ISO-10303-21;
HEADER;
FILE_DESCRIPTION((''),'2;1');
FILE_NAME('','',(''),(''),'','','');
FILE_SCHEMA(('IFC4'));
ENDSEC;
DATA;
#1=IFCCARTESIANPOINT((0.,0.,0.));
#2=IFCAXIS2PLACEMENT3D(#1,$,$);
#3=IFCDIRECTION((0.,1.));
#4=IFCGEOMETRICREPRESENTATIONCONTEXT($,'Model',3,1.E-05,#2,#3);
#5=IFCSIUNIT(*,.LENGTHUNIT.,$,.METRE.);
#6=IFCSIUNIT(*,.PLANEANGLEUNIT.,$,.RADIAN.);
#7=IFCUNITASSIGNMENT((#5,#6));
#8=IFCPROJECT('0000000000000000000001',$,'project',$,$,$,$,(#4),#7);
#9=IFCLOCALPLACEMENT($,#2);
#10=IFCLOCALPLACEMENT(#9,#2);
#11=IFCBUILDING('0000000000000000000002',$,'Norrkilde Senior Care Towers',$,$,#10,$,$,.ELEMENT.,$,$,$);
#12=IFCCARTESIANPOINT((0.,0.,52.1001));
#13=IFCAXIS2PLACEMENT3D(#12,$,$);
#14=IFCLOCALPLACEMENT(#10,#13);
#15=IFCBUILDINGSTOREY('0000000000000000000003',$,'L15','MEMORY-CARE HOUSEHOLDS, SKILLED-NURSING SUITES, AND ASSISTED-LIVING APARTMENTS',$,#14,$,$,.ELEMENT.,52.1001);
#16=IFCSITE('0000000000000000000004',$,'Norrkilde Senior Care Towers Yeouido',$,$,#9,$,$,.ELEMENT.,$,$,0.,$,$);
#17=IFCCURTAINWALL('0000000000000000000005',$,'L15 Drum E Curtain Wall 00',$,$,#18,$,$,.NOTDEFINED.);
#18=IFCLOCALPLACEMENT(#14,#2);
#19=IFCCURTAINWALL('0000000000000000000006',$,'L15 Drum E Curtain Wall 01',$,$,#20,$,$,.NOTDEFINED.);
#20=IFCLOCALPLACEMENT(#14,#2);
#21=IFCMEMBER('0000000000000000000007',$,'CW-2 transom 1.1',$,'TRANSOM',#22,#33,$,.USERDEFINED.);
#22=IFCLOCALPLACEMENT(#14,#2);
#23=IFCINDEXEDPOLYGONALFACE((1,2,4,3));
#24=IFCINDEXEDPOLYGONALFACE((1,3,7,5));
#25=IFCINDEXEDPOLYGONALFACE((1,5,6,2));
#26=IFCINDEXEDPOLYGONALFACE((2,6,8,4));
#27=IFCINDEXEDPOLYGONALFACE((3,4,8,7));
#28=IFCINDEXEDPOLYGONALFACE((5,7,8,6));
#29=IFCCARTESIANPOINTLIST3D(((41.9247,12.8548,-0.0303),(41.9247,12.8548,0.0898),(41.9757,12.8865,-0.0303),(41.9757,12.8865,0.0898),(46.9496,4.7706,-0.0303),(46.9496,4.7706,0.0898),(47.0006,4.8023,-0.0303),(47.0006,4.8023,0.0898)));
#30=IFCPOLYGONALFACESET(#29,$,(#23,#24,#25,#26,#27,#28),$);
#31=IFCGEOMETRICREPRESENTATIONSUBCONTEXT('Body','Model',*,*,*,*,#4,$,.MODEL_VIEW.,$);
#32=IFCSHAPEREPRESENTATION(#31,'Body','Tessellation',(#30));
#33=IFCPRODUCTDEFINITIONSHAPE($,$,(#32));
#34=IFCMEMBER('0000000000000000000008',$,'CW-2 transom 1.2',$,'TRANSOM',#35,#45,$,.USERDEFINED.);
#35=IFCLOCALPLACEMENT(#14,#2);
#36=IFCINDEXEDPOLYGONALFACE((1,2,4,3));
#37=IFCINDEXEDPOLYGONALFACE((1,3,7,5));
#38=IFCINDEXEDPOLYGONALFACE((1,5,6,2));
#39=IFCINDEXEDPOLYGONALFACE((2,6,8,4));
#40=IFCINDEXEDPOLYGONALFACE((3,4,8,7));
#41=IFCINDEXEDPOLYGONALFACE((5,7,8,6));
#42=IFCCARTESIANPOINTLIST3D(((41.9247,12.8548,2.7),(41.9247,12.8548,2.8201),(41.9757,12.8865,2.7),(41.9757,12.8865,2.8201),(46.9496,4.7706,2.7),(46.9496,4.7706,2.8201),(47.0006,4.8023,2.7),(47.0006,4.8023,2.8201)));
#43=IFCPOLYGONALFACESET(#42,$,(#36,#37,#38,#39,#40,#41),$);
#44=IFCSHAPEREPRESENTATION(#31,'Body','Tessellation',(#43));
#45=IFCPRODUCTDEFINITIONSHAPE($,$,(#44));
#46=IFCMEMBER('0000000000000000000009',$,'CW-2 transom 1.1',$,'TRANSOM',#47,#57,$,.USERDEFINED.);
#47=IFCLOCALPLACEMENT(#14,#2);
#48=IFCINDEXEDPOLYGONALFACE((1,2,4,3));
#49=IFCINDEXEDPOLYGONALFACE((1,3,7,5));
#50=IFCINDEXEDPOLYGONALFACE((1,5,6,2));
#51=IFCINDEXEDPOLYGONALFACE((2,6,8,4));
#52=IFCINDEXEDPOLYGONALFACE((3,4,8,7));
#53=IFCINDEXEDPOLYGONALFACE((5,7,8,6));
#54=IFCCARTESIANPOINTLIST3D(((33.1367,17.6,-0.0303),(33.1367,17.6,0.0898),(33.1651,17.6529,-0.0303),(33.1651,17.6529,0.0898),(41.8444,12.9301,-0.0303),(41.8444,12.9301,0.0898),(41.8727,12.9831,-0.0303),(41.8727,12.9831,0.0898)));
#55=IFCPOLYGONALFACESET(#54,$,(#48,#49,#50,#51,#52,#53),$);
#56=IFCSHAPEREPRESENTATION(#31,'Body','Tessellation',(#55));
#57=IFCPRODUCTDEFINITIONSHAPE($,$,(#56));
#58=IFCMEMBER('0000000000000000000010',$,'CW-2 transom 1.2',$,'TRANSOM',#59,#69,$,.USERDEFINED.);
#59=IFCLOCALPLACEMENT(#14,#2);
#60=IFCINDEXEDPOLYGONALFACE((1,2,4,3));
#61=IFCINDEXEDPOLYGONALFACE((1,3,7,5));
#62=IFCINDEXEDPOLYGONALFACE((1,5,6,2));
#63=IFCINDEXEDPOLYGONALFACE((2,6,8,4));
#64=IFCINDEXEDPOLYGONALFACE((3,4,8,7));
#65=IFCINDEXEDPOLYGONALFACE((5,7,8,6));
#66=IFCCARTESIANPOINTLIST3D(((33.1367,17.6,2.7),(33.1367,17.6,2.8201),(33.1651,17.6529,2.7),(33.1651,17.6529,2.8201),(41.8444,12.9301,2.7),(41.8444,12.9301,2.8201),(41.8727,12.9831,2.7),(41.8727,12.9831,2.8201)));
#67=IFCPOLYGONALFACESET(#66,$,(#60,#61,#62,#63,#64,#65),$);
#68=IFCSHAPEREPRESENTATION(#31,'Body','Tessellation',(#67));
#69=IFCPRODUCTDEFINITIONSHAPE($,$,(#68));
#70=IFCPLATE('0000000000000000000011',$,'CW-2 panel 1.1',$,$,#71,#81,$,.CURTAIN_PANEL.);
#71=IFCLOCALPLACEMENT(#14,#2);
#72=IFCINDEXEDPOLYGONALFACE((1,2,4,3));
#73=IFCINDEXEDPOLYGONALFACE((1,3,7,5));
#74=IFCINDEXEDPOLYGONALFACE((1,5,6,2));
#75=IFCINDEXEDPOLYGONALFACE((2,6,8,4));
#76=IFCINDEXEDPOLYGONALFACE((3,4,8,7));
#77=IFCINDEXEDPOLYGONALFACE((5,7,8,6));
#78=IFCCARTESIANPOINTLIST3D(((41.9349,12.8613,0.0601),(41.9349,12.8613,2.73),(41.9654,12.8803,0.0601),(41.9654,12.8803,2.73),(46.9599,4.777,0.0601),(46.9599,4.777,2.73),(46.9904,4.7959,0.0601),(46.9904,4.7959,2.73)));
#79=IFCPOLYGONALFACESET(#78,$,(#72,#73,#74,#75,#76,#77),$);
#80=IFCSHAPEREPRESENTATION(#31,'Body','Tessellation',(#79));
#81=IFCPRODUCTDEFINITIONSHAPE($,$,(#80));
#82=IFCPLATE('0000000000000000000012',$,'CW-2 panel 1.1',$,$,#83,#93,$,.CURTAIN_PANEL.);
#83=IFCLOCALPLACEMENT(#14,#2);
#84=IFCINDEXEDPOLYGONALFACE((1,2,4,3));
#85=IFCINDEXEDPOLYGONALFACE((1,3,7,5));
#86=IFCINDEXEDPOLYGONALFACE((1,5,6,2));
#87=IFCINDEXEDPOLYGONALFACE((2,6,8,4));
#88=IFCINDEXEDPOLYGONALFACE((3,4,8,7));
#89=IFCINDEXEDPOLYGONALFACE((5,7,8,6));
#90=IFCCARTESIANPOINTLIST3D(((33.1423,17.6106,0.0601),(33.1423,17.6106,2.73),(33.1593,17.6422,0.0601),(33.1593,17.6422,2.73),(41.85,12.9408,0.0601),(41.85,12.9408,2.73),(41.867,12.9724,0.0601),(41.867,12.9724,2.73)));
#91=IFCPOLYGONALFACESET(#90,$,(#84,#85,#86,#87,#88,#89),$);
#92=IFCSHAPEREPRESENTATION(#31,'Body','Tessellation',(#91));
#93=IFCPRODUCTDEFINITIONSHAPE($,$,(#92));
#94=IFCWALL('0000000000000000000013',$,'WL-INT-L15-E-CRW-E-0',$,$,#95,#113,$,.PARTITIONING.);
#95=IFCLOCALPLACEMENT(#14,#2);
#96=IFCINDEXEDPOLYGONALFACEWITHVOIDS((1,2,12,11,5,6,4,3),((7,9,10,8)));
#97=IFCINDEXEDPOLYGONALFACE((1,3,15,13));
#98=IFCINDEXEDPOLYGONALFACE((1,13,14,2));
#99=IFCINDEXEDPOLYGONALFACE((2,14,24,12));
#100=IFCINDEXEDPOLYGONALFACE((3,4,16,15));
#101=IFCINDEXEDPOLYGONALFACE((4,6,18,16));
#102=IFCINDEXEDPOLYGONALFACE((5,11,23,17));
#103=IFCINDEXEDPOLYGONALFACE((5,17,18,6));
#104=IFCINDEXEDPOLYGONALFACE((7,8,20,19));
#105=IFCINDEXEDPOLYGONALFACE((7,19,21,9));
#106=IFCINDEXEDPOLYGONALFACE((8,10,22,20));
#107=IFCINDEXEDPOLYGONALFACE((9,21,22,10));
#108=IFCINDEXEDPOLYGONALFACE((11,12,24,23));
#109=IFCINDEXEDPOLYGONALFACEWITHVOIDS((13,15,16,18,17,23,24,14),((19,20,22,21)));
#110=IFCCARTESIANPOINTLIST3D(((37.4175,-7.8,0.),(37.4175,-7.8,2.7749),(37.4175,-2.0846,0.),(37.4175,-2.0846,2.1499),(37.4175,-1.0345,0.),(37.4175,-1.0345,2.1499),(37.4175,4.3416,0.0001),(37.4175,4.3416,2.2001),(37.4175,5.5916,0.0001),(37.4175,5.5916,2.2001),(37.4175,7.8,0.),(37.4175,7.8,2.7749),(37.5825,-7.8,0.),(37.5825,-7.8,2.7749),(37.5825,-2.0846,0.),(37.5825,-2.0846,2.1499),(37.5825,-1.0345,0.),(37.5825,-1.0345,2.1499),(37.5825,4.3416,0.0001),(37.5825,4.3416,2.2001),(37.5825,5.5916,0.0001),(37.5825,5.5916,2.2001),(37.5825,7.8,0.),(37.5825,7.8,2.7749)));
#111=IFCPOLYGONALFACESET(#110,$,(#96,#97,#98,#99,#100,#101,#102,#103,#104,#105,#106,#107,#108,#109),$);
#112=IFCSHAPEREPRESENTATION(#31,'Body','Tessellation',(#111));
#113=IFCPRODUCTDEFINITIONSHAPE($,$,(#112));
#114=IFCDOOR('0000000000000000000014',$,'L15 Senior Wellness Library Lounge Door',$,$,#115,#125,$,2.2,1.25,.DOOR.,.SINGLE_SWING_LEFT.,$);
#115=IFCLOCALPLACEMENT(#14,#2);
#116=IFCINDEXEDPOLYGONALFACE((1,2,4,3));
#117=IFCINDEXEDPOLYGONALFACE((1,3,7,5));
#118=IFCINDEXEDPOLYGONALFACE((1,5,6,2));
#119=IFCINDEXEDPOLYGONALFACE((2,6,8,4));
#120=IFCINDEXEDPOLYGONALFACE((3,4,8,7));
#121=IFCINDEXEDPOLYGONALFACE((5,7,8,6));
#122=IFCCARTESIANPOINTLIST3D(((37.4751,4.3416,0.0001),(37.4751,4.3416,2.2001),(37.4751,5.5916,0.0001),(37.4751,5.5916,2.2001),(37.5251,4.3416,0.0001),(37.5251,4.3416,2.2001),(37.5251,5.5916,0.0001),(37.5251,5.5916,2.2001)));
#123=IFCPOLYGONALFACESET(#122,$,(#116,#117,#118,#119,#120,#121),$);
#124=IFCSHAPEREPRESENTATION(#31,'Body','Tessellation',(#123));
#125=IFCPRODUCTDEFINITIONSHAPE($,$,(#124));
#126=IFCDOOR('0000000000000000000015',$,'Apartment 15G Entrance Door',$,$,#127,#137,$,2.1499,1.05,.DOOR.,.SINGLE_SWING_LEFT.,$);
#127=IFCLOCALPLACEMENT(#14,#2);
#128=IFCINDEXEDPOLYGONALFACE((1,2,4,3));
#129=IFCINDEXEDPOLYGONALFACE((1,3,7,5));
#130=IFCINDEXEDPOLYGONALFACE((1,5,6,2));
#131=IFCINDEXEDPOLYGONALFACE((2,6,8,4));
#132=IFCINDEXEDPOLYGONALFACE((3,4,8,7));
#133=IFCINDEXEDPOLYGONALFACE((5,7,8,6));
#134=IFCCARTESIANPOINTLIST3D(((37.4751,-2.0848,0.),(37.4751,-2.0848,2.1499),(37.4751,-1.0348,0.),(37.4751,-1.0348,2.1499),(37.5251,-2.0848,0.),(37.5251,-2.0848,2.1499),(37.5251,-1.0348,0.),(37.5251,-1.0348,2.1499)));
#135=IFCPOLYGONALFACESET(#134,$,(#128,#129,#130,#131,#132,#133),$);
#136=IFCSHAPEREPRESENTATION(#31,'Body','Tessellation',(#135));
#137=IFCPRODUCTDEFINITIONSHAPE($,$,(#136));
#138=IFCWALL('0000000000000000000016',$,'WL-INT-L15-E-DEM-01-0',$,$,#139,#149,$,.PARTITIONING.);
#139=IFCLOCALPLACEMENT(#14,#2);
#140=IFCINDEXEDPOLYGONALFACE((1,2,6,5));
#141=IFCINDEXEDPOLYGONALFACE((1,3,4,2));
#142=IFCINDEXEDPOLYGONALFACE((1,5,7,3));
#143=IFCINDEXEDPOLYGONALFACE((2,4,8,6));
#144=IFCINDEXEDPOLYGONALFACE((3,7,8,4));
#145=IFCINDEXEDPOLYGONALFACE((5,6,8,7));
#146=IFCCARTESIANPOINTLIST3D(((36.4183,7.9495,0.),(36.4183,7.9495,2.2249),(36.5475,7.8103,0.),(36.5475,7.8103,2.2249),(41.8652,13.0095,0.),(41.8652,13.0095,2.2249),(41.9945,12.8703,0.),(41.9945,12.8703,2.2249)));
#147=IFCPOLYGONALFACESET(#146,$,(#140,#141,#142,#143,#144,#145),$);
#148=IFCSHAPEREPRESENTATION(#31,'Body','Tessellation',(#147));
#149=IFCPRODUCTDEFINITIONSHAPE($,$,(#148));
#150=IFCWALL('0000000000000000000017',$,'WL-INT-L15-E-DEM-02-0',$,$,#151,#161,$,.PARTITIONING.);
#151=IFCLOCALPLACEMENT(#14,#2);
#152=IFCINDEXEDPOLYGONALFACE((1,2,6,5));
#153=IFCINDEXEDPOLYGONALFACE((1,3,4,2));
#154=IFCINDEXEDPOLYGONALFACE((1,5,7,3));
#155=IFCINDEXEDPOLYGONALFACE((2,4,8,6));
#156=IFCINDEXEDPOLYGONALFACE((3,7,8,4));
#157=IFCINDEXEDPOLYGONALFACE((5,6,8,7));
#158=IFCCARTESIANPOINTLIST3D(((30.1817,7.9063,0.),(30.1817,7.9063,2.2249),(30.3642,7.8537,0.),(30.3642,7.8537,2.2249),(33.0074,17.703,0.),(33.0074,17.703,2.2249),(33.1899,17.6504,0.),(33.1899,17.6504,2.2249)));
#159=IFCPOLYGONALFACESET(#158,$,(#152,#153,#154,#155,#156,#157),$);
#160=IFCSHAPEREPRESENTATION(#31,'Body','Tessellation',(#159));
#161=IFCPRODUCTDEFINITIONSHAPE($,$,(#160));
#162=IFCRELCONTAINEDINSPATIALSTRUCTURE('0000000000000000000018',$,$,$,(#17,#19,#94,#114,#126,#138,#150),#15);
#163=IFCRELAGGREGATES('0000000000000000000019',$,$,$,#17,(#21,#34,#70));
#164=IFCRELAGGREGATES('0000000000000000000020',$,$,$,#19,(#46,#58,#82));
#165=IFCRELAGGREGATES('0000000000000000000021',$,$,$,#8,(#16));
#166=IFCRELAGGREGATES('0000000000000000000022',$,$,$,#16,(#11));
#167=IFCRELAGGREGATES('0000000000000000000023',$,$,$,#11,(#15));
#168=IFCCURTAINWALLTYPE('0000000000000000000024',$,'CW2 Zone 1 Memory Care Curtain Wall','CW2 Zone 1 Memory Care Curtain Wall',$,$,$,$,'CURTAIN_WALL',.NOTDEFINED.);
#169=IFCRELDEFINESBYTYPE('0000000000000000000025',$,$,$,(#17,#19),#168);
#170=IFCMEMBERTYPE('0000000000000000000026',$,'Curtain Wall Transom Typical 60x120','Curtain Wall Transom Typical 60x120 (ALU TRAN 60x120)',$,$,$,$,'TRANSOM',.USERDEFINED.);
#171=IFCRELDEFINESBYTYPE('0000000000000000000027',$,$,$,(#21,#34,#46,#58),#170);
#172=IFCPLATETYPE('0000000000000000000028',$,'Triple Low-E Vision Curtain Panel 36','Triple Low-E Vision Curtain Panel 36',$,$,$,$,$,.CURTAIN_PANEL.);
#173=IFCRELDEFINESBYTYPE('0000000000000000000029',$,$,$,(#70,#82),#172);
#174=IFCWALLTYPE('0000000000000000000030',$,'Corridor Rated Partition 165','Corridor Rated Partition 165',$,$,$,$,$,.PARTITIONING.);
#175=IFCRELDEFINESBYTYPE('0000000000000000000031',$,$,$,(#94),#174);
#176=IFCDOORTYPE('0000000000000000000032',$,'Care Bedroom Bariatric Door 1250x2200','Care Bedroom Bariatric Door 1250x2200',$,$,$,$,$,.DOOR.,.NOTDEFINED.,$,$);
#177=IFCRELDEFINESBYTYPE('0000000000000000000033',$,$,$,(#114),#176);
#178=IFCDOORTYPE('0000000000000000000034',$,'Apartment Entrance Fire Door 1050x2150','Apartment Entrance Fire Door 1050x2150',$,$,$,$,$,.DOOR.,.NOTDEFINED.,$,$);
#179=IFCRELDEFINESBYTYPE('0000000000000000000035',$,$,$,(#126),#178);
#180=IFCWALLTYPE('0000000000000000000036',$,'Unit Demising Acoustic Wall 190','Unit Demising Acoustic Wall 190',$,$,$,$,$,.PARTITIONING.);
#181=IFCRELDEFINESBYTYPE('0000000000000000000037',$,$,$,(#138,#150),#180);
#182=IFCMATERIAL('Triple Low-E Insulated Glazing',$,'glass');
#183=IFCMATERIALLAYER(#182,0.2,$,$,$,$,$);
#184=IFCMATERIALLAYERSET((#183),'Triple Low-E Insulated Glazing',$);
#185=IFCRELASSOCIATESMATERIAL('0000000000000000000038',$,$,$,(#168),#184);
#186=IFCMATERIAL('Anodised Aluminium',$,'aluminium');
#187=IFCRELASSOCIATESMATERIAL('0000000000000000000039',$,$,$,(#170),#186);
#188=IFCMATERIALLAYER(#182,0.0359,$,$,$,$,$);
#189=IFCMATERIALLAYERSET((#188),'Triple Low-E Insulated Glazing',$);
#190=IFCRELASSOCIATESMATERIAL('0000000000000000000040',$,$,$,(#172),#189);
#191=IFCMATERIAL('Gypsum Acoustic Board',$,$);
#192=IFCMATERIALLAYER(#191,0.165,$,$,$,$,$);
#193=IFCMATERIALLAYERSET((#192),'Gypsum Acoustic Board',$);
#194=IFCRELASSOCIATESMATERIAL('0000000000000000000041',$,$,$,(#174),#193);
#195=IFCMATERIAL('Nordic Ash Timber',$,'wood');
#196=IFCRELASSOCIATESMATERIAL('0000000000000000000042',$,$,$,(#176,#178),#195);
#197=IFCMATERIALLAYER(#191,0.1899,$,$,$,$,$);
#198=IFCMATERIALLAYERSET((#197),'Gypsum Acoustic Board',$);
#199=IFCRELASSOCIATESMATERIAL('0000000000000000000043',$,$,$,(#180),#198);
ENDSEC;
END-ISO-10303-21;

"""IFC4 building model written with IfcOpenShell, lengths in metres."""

from ifc_helpers import new_model, si_unit, direction, frame, frame_2d, origin, origin_2d, place, context, subcontext, project, spatial, rectangle, extrude, source, transform, mapped, material, layer, layer_set, material_profile, profile_set, type_object, type_shapes, element, fill, aggregate, save


model = new_model("IFC4")

# Units and contexts
model_context = context("Model", 3, precision=1e-05, world=origin(), true_north=direction((0.0, 1.0)))
body_context = subcontext(model_context, "Body", "Model", "MODEL_VIEW")
ifc_project = project(units=[si_unit("LENGTHUNIT", "METRE"), si_unit("PLANEANGLEUNIT", "RADIAN")], contexts=[model_context])

# Site, building, storey
site_placement = place(None, origin())
site = spatial("IfcSite", under=ifc_project, at=site_placement, Name="Norrkilde Senior Care Towers Yeouido", CompositionType="ELEMENT", RefElevation=0.0)
building_placement = place(site_placement, origin())
building = spatial("IfcBuilding", under=site, at=building_placement, Name="Norrkilde Senior Care Towers", CompositionType="ELEMENT")
storey_placement = place(building_placement, frame((0.0, 0.0, 52.1001)))
storey = spatial("IfcBuildingStorey", under=building, at=storey_placement, Name="L15", Description="MEMORY-CARE HOUSEHOLDS, SKILLED-NURSING SUITES, AND ASSISTED-LIVING APARTMENTS", CompositionType="ELEMENT", Elevation=52.1001)

# Curtain wall
ifc_material_1 = material(Name="Triple Low-E Insulated Glazing", Category="glass")
ifc_layer_1 = layer(ifc_material_1, 0.2)
ifc_layer_set_1 = layer_set([ifc_layer_1], Name="Triple Low-E Insulated Glazing")
curtain_wall_type = type_object("IfcCurtainWallType", Name="CW2 Zone 1 Memory Care Curtain Wall", Description="CW2 Zone 1 Memory Care Curtain Wall", ElementType="CURTAIN_WALL", PredefinedType="NOTDEFINED", material=ifc_layer_set_1)
curtain_wall_1_placement = place(storey_placement, origin())
curtain_wall_1 = element("IfcCurtainWall", 1, at=curtain_wall_1_placement, inside=storey, type_object=curtain_wall_type, Name="L15 Drum E Curtain Wall 00", PredefinedType="NOTDEFINED")
ifc_material_2 = material(Name="Anodised Aluminium", Category="aluminium")

# Curtain wall
curtain_wall_2_placement = place(storey_placement, origin())
curtain_wall_2 = element("IfcCurtainWall", 2, at=curtain_wall_2_placement, inside=storey, type_object=curtain_wall_type, Name="L15 Drum E Curtain Wall 01", PredefinedType="NOTDEFINED")

# Members
ifc_material_profile_1 = material_profile(ifc_material_2, rectangle(XDim=0.0601, YDim=0.1201, at=origin_2d()), Name="ALU TRAN 60x120")
ifc_profile_set_1 = profile_set([ifc_material_profile_1], Name="Anodised Aluminium")
member_type_1 = type_object("IfcMemberType", Name="Curtain Wall Transom Typical 60x120", Description="Curtain Wall Transom Typical 60x120 (ALU TRAN 60x120)", ElementType="TRANSOM", PredefinedType="USERDEFINED", material=ifc_profile_set_1)
shared_shape_1 = source(origin(), body_context, "Body", "SweptSolid", [
    extrude(rectangle(XDim=0.0601, YDim=0.1201, at=origin_2d()), origin(), (0.0, 0.0, 1.0), 9.5186),
])
member_1_placement = place(storey_placement, frame((41.9502, 12.8706, 0.0298), z_axis=(0.527902, -0.849306, 0.0), x_axis=(0.849306, 0.527902, 0.0)))
member_1 = element("IfcMember", 3, at=member_1_placement, type_object=member_type_1, Name="CW-2 transom 1.1", ObjectType="TRANSOM", PredefinedType="USERDEFINED", context=body_context, shape_type="MappedRepresentation", body=[
    mapped(shared_shape_1, transform((0.0, 0.0, 0.0), x_axis=(1.0, 0.0, 0.0), y_axis=(0.0, 1.0, 0.0), z_axis=(0.0, 0.0, 1.0), scale=1.0)),
])
member_2_placement = place(storey_placement, frame((41.9502, 12.8706, 2.76), z_axis=(0.527902, -0.849306, 0.0), x_axis=(0.849306, 0.527902, 0.0)))
member_2 = element("IfcMember", 4, at=member_2_placement, type_object=member_type_1, Name="CW-2 transom 1.2", ObjectType="TRANSOM", PredefinedType="USERDEFINED", context=body_context, shape_type="MappedRepresentation", body=[
    mapped(shared_shape_1, transform((0.0, 0.0, 0.0), x_axis=(1.0, 0.0, 0.0), y_axis=(0.0, 1.0, 0.0), z_axis=(0.0, 0.0, 1.0), scale=1.0)),
])
shared_shape_2 = source(origin(), body_context, "Body", "SweptSolid", [
    extrude(rectangle(XDim=0.0601, YDim=0.1201, at=origin_2d()), origin(), (0.0, 0.0, 1.0), 9.8809),
])
type_shapes(member_type_1, [shared_shape_1, shared_shape_2])
member_3_placement = place(storey_placement, frame((33.1509, 17.6265, 0.0298), z_axis=(0.881267, -0.472618, 0.0), x_axis=(0.472618, 0.881267, 0.0)))
member_3 = element("IfcMember", 5, at=member_3_placement, type_object=member_type_1, Name="CW-2 transom 1.1", ObjectType="TRANSOM", PredefinedType="USERDEFINED", context=body_context, shape_type="MappedRepresentation", body=[
    mapped(shared_shape_2, transform((0.0, 0.0, 0.0), x_axis=(1.0, 0.0, 0.0), y_axis=(0.0, 1.0, 0.0), z_axis=(0.0, 0.0, 1.0), scale=1.0)),
])
member_4_placement = place(storey_placement, frame((33.1509, 17.6265, 2.76), z_axis=(0.881267, -0.472618, 0.0), x_axis=(0.472618, 0.881267, 0.0)))
member_4 = element("IfcMember", 6, at=member_4_placement, type_object=member_type_1, Name="CW-2 transom 1.2", ObjectType="TRANSOM", PredefinedType="USERDEFINED", context=body_context, shape_type="MappedRepresentation", body=[
    mapped(shared_shape_2, transform((0.0, 0.0, 0.0), x_axis=(1.0, 0.0, 0.0), y_axis=(0.0, 1.0, 0.0), z_axis=(0.0, 0.0, 1.0), scale=1.0)),
])

# Plates
ifc_layer_2 = layer(ifc_material_1, 0.0359)
ifc_layer_set_2 = layer_set([ifc_layer_2], Name="Triple Low-E Insulated Glazing")
plate_type = type_object("IfcPlateType", Name="Triple Low-E Vision Curtain Panel 36", Description="Triple Low-E Vision Curtain Panel 36", PredefinedType="CURTAIN_PANEL", material=ifc_layer_set_2)
shared_shape_3 = source(origin(), body_context, "Body", "SweptSolid", [
    extrude(rectangle(XDim=9.5188, YDim=0.0359, at=origin_2d()), origin(), (0.0, 0.0, 1.0), 2.6699),
])
plate_1_placement = place(storey_placement, frame((44.4626, 8.8286, 0.0601), z_axis=(0.0, 0.0, 1.0), x_axis=(0.527901, -0.849306, 0.0)))
plate_1 = element("IfcPlate", 7, at=plate_1_placement, type_object=plate_type, Name="CW-2 panel 1.1", PredefinedType="CURTAIN_PANEL", context=body_context, shape_type="MappedRepresentation", body=[
    mapped(shared_shape_3, transform((0.0, 0.0, 0.0), x_axis=(1.0, 0.0, 0.0), y_axis=(0.0, 1.0, 0.0), z_axis=(0.0, 0.0, 1.0), scale=1.0)),
])
aggregate(curtain_wall_1, [member_1, member_2, plate_1])
shared_shape_4 = source(origin(), body_context, "Body", "SweptSolid", [
    extrude(rectangle(XDim=9.8809, YDim=0.0359, at=origin_2d()), origin(), (0.0, 0.0, 1.0), 2.6699),
])
type_shapes(plate_type, [shared_shape_3, shared_shape_4])
plate_2_placement = place(storey_placement, frame((37.5046, 15.2915, 0.0601), z_axis=(0.0, 0.0, 1.0), x_axis=(0.881273, -0.472608, 0.0)))
plate_2 = element("IfcPlate", 8, at=plate_2_placement, type_object=plate_type, Name="CW-2 panel 1.1", PredefinedType="CURTAIN_PANEL", context=body_context, shape_type="MappedRepresentation", body=[
    mapped(shared_shape_4, transform((0.0, 0.0, 0.0), x_axis=(1.0, 0.0, 0.0), y_axis=(0.0, 1.0, 0.0), z_axis=(0.0, 0.0, 1.0), scale=1.0)),
])
aggregate(curtain_wall_2, [member_3, member_4, plate_2])

# Wall, openings, doors
ifc_material_3 = material(Name="Gypsum Acoustic Board")
ifc_layer_3 = layer(ifc_material_3, 0.165)
ifc_layer_set_3 = layer_set([ifc_layer_3], Name="Gypsum Acoustic Board")
wall_type_1 = type_object("IfcWallType", Name="Corridor Rated Partition 165", Description="Corridor Rated Partition 165", PredefinedType="PARTITIONING", material=ifc_layer_set_3)
shared_shape_5 = source(origin(), body_context, "Body", "SweptSolid", [
    extrude(rectangle(XDim=15.6001, YDim=0.165, at=frame_2d((7.8, 0.0))), origin(), (0.0, 0.0, 1.0), 2.7749),
])
type_shapes(wall_type_1, [shared_shape_5])
wall_1_placement = place(storey_placement, frame((37.5, 7.8, 0.0), z_axis=(0.0, 0.0, 1.0), x_axis=(0.0, -1.0, 0.0)))
wall_1 = element("IfcWall", 9, at=wall_1_placement, inside=storey, type_object=wall_type_1, Name="WL-INT-L15-E-CRW-E-0", PredefinedType="PARTITIONING", context=body_context, shape_type="MappedRepresentation", body=[
    mapped(shared_shape_5, transform((0.0, 0.0, 0.0), x_axis=(1.0, 0.0, 0.0), y_axis=(0.0, 1.0, 0.0), z_axis=(0.0, 0.0, 1.0), scale=1.0)),
])
opening_1_placement = place(wall_1_placement, frame((8.8347, 0.0, 0.0)))
opening_1 = element("IfcOpeningElement", 10, at=opening_1_placement, cuts=wall_1, PredefinedType="OPENING", context=body_context, shape_type="SweptSolid", body=[
    extrude(rectangle(XDim=1.05, YDim=2.1499, at=frame_2d((0.5249, 1.075))), frame((0.0, 0.0925, 0.0), z_axis=(0.0, -1.0, 0.0), x_axis=(1.0, 0.0, 0.0)), (0.0, 0.0, 1.0), 0.1851),
])
opening_2_placement = place(wall_1_placement, frame((2.2085, 0.0, 0.0)))
opening_2 = element("IfcOpeningElement", 11, at=opening_2_placement, cuts=wall_1, PredefinedType="OPENING", context=body_context, shape_type="SweptSolid", body=[
    extrude(rectangle(XDim=1.25, YDim=2.2, at=frame_2d((0.625, 1.1001))), frame((0.0, 0.0925, 0.0), z_axis=(0.0, -1.0, 0.0), x_axis=(1.0, 0.0, 0.0)), (0.0, 0.0, 1.0), 0.1851),
])
ifc_material_4 = material(Name="Nordic Ash Timber", Category="wood")
door_type_1 = type_object("IfcDoorType", Name="Care Bedroom Bariatric Door 1250x2200", Description="Care Bedroom Bariatric Door 1250x2200", OperationType="NOTDEFINED", PredefinedType="DOOR", material=ifc_material_4)
shared_shape_6 = source(origin(), body_context, "Body", "SweptSolid", [
    extrude(rectangle(XDim=1.25, YDim=2.2, at=frame_2d((0.625, 1.1001))), frame((0.0, 0.0249, 0.0), z_axis=(0.0, -1.0, 0.0), x_axis=(1.0, 0.0, 0.0)), (0.0, 0.0, 1.0), 0.05),
])
type_shapes(door_type_1, [shared_shape_6])
door_1_placement = place(opening_2_placement, frame((1.25, 0.0, 0.0), z_axis=(0.0, 0.0, 1.0), x_axis=(-1.0, 0.0, 0.0)))
door_1 = element("IfcDoor", 12, at=door_1_placement, inside=storey, type_object=door_type_1, Name="L15 Senior Wellness Library Lounge Door", OperationType="SINGLE_SWING_LEFT", OverallHeight=2.2, OverallWidth=1.25, PredefinedType="DOOR", context=body_context, shape_type="MappedRepresentation", body=[
    mapped(shared_shape_6, transform((0.0, 0.0, 0.0), x_axis=(1.0, 0.0, 0.0), y_axis=(0.0, 1.0, 0.0), z_axis=(0.0, 0.0, 1.0), scale=1.0)),
])
fill(opening_2, door_1)
door_type_2 = type_object("IfcDoorType", Name="Apartment Entrance Fire Door 1050x2150", Description="Apartment Entrance Fire Door 1050x2150", OperationType="NOTDEFINED", PredefinedType="DOOR", material=ifc_material_4)
shared_shape_7 = source(origin(), body_context, "Body", "SweptSolid", [
    extrude(rectangle(XDim=1.05, YDim=2.1499, at=frame_2d((0.5249, 1.075))), frame((0.0, 0.0249, 0.0), z_axis=(0.0, -1.0, 0.0), x_axis=(1.0, 0.0, 0.0)), (0.0, 0.0, 1.0), 0.05),
])
type_shapes(door_type_2, [shared_shape_7])
door_2_placement = place(opening_1_placement, frame((1.05, 0.0, 0.0), z_axis=(0.0, 0.0, 1.0), x_axis=(-1.0, 0.0, 0.0)))
door_2 = element("IfcDoor", 13, at=door_2_placement, inside=storey, type_object=door_type_2, Name="Apartment 15G Entrance Door", OperationType="SINGLE_SWING_LEFT", OverallHeight=2.1499, OverallWidth=1.05, PredefinedType="DOOR", context=body_context, shape_type="MappedRepresentation", body=[
    mapped(shared_shape_7, transform((0.0, 0.0, 0.0), x_axis=(1.0, 0.0, 0.0), y_axis=(0.0, 1.0, 0.0), z_axis=(0.0, 0.0, 1.0), scale=1.0)),
])
fill(opening_1, door_2)

# Walls
ifc_layer_4 = layer(ifc_material_3, 0.1899)
ifc_layer_set_4 = layer_set([ifc_layer_4], Name="Gypsum Acoustic Board")
wall_type_2 = type_object("IfcWallType", Name="Unit Demising Acoustic Wall 190", Description="Unit Demising Acoustic Wall 190", PredefinedType="PARTITIONING", material=ifc_layer_set_4)
shared_shape_8 = source(origin(), body_context, "Body", "SweptSolid", [
    extrude(rectangle(XDim=7.4346, YDim=0.1899, at=frame_2d((3.7173, 0.0))), origin(), (0.0, 0.0, 1.0), 2.2249),
])
wall_2_placement = place(storey_placement, frame((36.4829, 7.8799, 0.0), z_axis=(0.0, 0.0, 1.0), x_axis=(0.732652, 0.680603, 0.0)))
element("IfcWall", 14, at=wall_2_placement, inside=storey, type_object=wall_type_2, Name="WL-INT-L15-E-DEM-01-0", PredefinedType="PARTITIONING", context=body_context, shape_type="MappedRepresentation", body=[
    mapped(shared_shape_8, transform((0.0, 0.0, 0.0), x_axis=(1.0, 0.0, 0.0), y_axis=(0.0, 1.0, 0.0), z_axis=(0.0, 0.0, 1.0), scale=1.0)),
])
shared_shape_9 = source(origin(), body_context, "Body", "SweptSolid", [
    extrude(rectangle(XDim=10.196, YDim=0.1899, at=frame_2d((5.0981, 0.0))), origin(), (0.0, 0.0, 1.0), 2.2249),
])
type_shapes(wall_type_2, [shared_shape_8, shared_shape_9])
wall_3_placement = place(storey_placement, frame((30.2729, 7.8799, 0.0), z_axis=(0.0, 0.0, 1.0), x_axis=(0.277136, 0.960831, 0.0)))
element("IfcWall", 15, at=wall_3_placement, inside=storey, type_object=wall_type_2, Name="WL-INT-L15-E-DEM-02-0", PredefinedType="PARTITIONING", context=body_context, shape_type="MappedRepresentation", body=[
    mapped(shared_shape_9, transform((0.0, 0.0, 0.0), x_axis=(1.0, 0.0, 0.0), y_axis=(0.0, 1.0, 0.0), z_axis=(0.0, 0.0, 1.0), scale=1.0)),
])

save(model, "model.ifc")
